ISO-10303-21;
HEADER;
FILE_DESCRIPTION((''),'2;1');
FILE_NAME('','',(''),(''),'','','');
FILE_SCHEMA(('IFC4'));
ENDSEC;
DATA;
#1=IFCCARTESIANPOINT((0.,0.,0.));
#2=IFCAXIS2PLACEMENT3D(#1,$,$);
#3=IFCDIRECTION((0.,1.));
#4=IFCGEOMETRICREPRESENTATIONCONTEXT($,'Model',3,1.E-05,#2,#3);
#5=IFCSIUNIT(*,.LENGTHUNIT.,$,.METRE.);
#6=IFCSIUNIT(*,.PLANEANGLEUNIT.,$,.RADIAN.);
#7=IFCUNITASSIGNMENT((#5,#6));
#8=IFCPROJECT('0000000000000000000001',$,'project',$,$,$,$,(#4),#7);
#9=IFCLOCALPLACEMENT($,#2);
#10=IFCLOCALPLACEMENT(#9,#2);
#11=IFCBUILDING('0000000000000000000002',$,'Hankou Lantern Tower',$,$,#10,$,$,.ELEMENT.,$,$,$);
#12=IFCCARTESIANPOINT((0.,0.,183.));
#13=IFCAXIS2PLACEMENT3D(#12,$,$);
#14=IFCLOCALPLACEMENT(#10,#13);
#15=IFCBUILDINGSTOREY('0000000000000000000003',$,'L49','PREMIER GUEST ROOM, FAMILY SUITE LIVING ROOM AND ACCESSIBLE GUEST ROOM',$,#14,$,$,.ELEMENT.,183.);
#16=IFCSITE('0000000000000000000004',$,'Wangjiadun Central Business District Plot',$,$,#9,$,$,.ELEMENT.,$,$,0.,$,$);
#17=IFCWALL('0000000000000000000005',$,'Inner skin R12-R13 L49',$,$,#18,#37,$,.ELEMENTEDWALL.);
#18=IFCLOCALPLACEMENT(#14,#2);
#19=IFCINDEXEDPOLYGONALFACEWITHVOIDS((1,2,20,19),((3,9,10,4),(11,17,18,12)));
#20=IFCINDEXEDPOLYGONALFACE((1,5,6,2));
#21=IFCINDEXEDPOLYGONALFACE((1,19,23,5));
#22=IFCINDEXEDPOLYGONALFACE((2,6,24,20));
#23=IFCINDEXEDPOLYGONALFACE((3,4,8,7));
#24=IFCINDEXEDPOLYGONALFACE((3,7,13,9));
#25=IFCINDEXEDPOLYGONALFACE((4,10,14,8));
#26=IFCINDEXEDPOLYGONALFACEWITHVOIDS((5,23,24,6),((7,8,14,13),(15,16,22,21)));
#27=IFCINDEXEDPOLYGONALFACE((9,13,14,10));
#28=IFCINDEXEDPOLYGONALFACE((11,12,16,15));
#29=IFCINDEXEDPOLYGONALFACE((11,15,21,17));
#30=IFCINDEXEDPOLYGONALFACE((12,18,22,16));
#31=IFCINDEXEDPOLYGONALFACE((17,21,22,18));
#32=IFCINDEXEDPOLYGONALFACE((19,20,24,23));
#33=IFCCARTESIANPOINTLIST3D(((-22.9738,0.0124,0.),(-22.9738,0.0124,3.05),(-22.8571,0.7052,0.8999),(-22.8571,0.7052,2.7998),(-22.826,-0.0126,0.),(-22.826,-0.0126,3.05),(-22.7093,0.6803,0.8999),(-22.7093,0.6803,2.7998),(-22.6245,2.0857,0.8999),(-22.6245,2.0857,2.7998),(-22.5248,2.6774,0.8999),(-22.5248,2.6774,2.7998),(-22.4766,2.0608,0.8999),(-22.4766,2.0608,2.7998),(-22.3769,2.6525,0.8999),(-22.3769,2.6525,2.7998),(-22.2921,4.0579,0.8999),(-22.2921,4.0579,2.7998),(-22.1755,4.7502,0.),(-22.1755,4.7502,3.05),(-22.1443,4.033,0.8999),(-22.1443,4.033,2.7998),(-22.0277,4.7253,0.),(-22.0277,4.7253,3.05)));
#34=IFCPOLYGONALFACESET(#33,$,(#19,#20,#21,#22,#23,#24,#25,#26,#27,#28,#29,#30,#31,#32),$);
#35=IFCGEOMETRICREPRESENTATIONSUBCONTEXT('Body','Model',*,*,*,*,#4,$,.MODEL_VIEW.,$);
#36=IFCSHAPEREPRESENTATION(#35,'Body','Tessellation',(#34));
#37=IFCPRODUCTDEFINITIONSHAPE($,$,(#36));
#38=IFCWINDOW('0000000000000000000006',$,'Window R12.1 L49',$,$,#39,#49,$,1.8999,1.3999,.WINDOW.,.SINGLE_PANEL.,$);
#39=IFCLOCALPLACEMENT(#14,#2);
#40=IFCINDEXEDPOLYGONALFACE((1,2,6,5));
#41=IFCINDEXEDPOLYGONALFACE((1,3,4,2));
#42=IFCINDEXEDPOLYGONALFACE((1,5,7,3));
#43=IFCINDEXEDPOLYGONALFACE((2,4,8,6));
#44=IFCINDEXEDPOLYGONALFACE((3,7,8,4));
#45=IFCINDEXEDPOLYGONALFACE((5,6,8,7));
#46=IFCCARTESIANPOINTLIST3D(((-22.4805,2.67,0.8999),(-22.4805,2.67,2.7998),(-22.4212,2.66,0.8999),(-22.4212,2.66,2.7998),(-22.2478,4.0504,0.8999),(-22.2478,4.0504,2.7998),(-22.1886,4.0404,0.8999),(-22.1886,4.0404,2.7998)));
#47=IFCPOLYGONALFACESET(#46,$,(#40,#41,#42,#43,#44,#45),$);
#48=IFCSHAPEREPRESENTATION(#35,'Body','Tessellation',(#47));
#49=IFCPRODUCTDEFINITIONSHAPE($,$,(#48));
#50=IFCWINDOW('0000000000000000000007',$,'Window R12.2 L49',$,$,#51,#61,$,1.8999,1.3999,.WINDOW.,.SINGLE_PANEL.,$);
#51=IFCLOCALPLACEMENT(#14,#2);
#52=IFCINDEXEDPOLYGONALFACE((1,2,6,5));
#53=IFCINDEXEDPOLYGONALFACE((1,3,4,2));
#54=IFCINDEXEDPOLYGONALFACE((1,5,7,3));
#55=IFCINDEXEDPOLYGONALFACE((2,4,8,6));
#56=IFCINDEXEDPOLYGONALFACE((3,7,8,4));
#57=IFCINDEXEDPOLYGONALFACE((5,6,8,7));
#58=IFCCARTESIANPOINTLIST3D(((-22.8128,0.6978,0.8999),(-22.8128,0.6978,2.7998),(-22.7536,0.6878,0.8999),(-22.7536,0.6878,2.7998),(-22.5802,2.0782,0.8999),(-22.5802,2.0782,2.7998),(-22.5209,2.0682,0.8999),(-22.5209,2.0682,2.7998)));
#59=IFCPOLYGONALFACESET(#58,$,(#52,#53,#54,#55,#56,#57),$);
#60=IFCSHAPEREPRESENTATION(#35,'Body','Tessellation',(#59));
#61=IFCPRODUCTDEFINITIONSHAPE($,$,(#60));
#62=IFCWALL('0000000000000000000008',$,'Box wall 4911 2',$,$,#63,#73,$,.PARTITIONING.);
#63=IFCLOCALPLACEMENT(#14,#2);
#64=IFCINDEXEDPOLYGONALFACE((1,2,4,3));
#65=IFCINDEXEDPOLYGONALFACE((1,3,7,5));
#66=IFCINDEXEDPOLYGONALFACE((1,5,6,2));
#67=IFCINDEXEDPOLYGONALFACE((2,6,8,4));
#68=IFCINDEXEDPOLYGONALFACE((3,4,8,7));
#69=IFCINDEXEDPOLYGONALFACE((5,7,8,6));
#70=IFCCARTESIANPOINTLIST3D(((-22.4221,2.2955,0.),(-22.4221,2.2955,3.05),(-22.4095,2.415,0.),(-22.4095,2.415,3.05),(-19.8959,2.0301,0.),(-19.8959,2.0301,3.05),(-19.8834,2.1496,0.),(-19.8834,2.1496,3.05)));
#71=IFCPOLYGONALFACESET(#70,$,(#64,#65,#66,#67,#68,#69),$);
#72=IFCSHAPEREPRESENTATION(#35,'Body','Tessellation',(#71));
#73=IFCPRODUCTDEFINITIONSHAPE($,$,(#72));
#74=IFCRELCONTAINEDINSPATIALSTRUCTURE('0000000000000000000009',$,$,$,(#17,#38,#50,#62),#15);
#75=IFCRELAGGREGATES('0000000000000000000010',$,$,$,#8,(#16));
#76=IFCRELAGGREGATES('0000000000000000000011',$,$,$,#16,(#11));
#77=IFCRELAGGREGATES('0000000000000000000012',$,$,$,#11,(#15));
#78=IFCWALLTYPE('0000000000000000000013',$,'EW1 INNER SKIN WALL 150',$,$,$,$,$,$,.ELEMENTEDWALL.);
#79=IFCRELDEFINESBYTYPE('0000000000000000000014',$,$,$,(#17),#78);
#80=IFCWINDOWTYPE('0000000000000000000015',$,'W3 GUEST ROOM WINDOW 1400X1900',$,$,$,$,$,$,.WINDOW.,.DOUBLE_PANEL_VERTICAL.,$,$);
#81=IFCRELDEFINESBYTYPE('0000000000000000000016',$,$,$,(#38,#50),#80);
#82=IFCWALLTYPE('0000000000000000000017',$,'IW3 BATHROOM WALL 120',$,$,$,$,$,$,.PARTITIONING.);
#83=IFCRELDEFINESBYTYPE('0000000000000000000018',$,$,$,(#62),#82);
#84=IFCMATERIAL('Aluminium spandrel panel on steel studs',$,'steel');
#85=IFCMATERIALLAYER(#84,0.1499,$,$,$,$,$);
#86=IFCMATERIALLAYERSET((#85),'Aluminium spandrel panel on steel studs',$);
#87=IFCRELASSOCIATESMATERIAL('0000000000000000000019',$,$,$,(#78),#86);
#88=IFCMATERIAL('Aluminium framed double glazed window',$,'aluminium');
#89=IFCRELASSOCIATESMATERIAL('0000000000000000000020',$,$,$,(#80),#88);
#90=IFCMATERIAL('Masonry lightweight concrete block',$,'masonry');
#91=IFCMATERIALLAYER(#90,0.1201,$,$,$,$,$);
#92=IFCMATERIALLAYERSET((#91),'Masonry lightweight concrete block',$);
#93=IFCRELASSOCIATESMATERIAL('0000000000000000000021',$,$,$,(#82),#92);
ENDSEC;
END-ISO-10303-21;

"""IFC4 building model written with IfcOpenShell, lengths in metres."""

from ifc_helpers import new_model, si_unit, direction, frame, frame_2d, origin, place, context, subcontext, project, spatial, rectangle, extrude, material, layer, layer_set, type_object, element, fill, save


model = new_model("IFC4")

# Units and contexts
model_context = context("Model", 3, precision=1e-05, world=origin(), true_north=direction((0.0, 1.0)))
body_context = subcontext(model_context, "Body", "Model", "MODEL_VIEW")
ifc_project = project(units=[si_unit("LENGTHUNIT", "METRE"), si_unit("PLANEANGLEUNIT", "RADIAN")], contexts=[model_context])

# Site, building, storey
site_placement = place(None, origin())
site = spatial("IfcSite", under=ifc_project, at=site_placement, Name="Wangjiadun Central Business District Plot", CompositionType="ELEMENT", RefElevation=0.0)
building_placement = place(site_placement, origin())
building = spatial("IfcBuilding", under=site, at=building_placement, Name="Hankou Lantern Tower", CompositionType="ELEMENT")
storey_placement = place(building_placement, frame((0.0, 0.0, 183.0)))
storey = spatial("IfcBuildingStorey", under=building, at=storey_placement, Name="L49", Description="PREMIER GUEST ROOM, FAMILY SUITE LIVING ROOM AND ACCESSIBLE GUEST ROOM", CompositionType="ELEMENT", Elevation=183.0)

# Wall, openings, windows
ifc_material_1 = material(Name="Aluminium spandrel panel on steel studs", Category="steel")
ifc_layer_1 = layer(ifc_material_1, 0.1499)
ifc_layer_set_1 = layer_set([ifc_layer_1], Name="Aluminium spandrel panel on steel studs")
wall_type_1 = type_object("IfcWallType", Name="EW1 INNER SKIN WALL 150", PredefinedType="ELEMENTEDWALL", material=ifc_layer_set_1)
ifc_material_2 = material(Name="Aluminium framed double glazed window", Category="aluminium")
window_type = type_object("IfcWindowType", Name="W3 GUEST ROOM WINDOW 1400X1900", PartitioningType="DOUBLE_PANEL_VERTICAL", PredefinedType="WINDOW", material=ifc_material_2)
wall_1_placement = place(storey_placement, frame((-22.1016, 4.7378, 0.0), z_axis=(0.0, 0.0, 1.0), x_axis=(-0.166162, -0.986098, 0.0)))
wall_1 = element("IfcWall", 1, at=wall_1_placement, inside=storey, type_object=wall_type_1, Name="Inner skin R12-R13 L49", PredefinedType="ELEMENTEDWALL", context=body_context, shape_type="SweptSolid", body=[
    extrude(rectangle(XDim=4.8047, YDim=0.1499, at=frame_2d((2.4023, 0.0))), origin(), (0.0, 0.0, 1.0), 3.05),
])
opening_1_placement = place(wall_1_placement, frame((0.7021, 0.0, 0.8999)))
opening_1 = element("IfcOpeningElement", 2, at=opening_1_placement, cuts=wall_1, PredefinedType="OPENING", context=body_context, shape_type="SweptSolid", body=[
    extrude(rectangle(XDim=1.3999, YDim=1.8999, at=frame_2d((0.7, 0.95))), frame((0.0, 0.085, 0.0), z_axis=(0.0, -1.0, 0.0), x_axis=(1.0, 0.0, 0.0)), (0.0, 0.0, 1.0), 0.1699),
])
opening_2_placement = place(wall_1_placement, frame((2.7021, 0.0, 0.8999)))
opening_2 = element("IfcOpeningElement", 3, at=opening_2_placement, cuts=wall_1, PredefinedType="OPENING", context=body_context, shape_type="SweptSolid", body=[
    extrude(rectangle(XDim=1.3999, YDim=1.8999, at=frame_2d((0.7, 0.95))), frame((0.0, 0.085, 0.0), z_axis=(0.0, -1.0, 0.0), x_axis=(1.0, 0.0, 0.0)), (0.0, 0.0, 1.0), 0.1699),
])
window_1_placement = place(opening_1_placement, origin())
window_1 = element("IfcWindow", 4, at=window_1_placement, inside=storey, type_object=window_type, Name="Window R12.1 L49", OverallHeight=1.8999, OverallWidth=1.3999, PartitioningType="SINGLE_PANEL", PredefinedType="WINDOW", context=body_context, shape_type="SweptSolid", body=[
    extrude(rectangle(XDim=1.3999, YDim=1.8999, at=frame_2d((0.7, 0.95))), frame((0.0, 0.03, 0.0), z_axis=(0.0, -1.0, 0.0), x_axis=(1.0, 0.0, 0.0)), (0.0, 0.0, 1.0), 0.0601),
])
fill(opening_1, window_1)
window_2_placement = place(opening_2_placement, origin())
window_2 = element("IfcWindow", 5, at=window_2_placement, inside=storey, type_object=window_type, Name="Window R12.2 L49", OverallHeight=1.8999, OverallWidth=1.3999, PartitioningType="SINGLE_PANEL", PredefinedType="WINDOW", context=body_context, shape_type="SweptSolid", body=[
    extrude(rectangle(XDim=1.3999, YDim=1.8999, at=frame_2d((0.7, 0.95))), frame((0.0, 0.03, 0.0), z_axis=(0.0, -1.0, 0.0), x_axis=(1.0, 0.0, 0.0)), (0.0, 0.0, 1.0), 0.0601),
])
fill(opening_2, window_2)

# Wall
ifc_material_3 = material(Name="Masonry lightweight concrete block", Category="masonry")
ifc_layer_2 = layer(ifc_material_3, 0.1201)
ifc_layer_set_2 = layer_set([ifc_layer_2], Name="Masonry lightweight concrete block")
wall_type_2 = type_object("IfcWallType", Name="IW3 BATHROOM WALL 120", PredefinedType="PARTITIONING", material=ifc_layer_set_2)
wall_2_placement = place(storey_placement, frame((-19.8896, 2.0898, 0.0), z_axis=(0.0, 0.0, 1.0), x_axis=(-0.994527, 0.10448, 0.0)))
element("IfcWall", 6, at=wall_2_placement, inside=storey, type_object=wall_type_2, Name="Box wall 4911 2", PredefinedType="PARTITIONING", context=body_context, shape_type="SweptSolid", body=[
    extrude(rectangle(XDim=2.54, YDim=0.1201, at=frame_2d((1.27, 0.0))), origin(), (0.0, 0.0, 1.0), 3.05),
])

save(model, "model.ifc")
